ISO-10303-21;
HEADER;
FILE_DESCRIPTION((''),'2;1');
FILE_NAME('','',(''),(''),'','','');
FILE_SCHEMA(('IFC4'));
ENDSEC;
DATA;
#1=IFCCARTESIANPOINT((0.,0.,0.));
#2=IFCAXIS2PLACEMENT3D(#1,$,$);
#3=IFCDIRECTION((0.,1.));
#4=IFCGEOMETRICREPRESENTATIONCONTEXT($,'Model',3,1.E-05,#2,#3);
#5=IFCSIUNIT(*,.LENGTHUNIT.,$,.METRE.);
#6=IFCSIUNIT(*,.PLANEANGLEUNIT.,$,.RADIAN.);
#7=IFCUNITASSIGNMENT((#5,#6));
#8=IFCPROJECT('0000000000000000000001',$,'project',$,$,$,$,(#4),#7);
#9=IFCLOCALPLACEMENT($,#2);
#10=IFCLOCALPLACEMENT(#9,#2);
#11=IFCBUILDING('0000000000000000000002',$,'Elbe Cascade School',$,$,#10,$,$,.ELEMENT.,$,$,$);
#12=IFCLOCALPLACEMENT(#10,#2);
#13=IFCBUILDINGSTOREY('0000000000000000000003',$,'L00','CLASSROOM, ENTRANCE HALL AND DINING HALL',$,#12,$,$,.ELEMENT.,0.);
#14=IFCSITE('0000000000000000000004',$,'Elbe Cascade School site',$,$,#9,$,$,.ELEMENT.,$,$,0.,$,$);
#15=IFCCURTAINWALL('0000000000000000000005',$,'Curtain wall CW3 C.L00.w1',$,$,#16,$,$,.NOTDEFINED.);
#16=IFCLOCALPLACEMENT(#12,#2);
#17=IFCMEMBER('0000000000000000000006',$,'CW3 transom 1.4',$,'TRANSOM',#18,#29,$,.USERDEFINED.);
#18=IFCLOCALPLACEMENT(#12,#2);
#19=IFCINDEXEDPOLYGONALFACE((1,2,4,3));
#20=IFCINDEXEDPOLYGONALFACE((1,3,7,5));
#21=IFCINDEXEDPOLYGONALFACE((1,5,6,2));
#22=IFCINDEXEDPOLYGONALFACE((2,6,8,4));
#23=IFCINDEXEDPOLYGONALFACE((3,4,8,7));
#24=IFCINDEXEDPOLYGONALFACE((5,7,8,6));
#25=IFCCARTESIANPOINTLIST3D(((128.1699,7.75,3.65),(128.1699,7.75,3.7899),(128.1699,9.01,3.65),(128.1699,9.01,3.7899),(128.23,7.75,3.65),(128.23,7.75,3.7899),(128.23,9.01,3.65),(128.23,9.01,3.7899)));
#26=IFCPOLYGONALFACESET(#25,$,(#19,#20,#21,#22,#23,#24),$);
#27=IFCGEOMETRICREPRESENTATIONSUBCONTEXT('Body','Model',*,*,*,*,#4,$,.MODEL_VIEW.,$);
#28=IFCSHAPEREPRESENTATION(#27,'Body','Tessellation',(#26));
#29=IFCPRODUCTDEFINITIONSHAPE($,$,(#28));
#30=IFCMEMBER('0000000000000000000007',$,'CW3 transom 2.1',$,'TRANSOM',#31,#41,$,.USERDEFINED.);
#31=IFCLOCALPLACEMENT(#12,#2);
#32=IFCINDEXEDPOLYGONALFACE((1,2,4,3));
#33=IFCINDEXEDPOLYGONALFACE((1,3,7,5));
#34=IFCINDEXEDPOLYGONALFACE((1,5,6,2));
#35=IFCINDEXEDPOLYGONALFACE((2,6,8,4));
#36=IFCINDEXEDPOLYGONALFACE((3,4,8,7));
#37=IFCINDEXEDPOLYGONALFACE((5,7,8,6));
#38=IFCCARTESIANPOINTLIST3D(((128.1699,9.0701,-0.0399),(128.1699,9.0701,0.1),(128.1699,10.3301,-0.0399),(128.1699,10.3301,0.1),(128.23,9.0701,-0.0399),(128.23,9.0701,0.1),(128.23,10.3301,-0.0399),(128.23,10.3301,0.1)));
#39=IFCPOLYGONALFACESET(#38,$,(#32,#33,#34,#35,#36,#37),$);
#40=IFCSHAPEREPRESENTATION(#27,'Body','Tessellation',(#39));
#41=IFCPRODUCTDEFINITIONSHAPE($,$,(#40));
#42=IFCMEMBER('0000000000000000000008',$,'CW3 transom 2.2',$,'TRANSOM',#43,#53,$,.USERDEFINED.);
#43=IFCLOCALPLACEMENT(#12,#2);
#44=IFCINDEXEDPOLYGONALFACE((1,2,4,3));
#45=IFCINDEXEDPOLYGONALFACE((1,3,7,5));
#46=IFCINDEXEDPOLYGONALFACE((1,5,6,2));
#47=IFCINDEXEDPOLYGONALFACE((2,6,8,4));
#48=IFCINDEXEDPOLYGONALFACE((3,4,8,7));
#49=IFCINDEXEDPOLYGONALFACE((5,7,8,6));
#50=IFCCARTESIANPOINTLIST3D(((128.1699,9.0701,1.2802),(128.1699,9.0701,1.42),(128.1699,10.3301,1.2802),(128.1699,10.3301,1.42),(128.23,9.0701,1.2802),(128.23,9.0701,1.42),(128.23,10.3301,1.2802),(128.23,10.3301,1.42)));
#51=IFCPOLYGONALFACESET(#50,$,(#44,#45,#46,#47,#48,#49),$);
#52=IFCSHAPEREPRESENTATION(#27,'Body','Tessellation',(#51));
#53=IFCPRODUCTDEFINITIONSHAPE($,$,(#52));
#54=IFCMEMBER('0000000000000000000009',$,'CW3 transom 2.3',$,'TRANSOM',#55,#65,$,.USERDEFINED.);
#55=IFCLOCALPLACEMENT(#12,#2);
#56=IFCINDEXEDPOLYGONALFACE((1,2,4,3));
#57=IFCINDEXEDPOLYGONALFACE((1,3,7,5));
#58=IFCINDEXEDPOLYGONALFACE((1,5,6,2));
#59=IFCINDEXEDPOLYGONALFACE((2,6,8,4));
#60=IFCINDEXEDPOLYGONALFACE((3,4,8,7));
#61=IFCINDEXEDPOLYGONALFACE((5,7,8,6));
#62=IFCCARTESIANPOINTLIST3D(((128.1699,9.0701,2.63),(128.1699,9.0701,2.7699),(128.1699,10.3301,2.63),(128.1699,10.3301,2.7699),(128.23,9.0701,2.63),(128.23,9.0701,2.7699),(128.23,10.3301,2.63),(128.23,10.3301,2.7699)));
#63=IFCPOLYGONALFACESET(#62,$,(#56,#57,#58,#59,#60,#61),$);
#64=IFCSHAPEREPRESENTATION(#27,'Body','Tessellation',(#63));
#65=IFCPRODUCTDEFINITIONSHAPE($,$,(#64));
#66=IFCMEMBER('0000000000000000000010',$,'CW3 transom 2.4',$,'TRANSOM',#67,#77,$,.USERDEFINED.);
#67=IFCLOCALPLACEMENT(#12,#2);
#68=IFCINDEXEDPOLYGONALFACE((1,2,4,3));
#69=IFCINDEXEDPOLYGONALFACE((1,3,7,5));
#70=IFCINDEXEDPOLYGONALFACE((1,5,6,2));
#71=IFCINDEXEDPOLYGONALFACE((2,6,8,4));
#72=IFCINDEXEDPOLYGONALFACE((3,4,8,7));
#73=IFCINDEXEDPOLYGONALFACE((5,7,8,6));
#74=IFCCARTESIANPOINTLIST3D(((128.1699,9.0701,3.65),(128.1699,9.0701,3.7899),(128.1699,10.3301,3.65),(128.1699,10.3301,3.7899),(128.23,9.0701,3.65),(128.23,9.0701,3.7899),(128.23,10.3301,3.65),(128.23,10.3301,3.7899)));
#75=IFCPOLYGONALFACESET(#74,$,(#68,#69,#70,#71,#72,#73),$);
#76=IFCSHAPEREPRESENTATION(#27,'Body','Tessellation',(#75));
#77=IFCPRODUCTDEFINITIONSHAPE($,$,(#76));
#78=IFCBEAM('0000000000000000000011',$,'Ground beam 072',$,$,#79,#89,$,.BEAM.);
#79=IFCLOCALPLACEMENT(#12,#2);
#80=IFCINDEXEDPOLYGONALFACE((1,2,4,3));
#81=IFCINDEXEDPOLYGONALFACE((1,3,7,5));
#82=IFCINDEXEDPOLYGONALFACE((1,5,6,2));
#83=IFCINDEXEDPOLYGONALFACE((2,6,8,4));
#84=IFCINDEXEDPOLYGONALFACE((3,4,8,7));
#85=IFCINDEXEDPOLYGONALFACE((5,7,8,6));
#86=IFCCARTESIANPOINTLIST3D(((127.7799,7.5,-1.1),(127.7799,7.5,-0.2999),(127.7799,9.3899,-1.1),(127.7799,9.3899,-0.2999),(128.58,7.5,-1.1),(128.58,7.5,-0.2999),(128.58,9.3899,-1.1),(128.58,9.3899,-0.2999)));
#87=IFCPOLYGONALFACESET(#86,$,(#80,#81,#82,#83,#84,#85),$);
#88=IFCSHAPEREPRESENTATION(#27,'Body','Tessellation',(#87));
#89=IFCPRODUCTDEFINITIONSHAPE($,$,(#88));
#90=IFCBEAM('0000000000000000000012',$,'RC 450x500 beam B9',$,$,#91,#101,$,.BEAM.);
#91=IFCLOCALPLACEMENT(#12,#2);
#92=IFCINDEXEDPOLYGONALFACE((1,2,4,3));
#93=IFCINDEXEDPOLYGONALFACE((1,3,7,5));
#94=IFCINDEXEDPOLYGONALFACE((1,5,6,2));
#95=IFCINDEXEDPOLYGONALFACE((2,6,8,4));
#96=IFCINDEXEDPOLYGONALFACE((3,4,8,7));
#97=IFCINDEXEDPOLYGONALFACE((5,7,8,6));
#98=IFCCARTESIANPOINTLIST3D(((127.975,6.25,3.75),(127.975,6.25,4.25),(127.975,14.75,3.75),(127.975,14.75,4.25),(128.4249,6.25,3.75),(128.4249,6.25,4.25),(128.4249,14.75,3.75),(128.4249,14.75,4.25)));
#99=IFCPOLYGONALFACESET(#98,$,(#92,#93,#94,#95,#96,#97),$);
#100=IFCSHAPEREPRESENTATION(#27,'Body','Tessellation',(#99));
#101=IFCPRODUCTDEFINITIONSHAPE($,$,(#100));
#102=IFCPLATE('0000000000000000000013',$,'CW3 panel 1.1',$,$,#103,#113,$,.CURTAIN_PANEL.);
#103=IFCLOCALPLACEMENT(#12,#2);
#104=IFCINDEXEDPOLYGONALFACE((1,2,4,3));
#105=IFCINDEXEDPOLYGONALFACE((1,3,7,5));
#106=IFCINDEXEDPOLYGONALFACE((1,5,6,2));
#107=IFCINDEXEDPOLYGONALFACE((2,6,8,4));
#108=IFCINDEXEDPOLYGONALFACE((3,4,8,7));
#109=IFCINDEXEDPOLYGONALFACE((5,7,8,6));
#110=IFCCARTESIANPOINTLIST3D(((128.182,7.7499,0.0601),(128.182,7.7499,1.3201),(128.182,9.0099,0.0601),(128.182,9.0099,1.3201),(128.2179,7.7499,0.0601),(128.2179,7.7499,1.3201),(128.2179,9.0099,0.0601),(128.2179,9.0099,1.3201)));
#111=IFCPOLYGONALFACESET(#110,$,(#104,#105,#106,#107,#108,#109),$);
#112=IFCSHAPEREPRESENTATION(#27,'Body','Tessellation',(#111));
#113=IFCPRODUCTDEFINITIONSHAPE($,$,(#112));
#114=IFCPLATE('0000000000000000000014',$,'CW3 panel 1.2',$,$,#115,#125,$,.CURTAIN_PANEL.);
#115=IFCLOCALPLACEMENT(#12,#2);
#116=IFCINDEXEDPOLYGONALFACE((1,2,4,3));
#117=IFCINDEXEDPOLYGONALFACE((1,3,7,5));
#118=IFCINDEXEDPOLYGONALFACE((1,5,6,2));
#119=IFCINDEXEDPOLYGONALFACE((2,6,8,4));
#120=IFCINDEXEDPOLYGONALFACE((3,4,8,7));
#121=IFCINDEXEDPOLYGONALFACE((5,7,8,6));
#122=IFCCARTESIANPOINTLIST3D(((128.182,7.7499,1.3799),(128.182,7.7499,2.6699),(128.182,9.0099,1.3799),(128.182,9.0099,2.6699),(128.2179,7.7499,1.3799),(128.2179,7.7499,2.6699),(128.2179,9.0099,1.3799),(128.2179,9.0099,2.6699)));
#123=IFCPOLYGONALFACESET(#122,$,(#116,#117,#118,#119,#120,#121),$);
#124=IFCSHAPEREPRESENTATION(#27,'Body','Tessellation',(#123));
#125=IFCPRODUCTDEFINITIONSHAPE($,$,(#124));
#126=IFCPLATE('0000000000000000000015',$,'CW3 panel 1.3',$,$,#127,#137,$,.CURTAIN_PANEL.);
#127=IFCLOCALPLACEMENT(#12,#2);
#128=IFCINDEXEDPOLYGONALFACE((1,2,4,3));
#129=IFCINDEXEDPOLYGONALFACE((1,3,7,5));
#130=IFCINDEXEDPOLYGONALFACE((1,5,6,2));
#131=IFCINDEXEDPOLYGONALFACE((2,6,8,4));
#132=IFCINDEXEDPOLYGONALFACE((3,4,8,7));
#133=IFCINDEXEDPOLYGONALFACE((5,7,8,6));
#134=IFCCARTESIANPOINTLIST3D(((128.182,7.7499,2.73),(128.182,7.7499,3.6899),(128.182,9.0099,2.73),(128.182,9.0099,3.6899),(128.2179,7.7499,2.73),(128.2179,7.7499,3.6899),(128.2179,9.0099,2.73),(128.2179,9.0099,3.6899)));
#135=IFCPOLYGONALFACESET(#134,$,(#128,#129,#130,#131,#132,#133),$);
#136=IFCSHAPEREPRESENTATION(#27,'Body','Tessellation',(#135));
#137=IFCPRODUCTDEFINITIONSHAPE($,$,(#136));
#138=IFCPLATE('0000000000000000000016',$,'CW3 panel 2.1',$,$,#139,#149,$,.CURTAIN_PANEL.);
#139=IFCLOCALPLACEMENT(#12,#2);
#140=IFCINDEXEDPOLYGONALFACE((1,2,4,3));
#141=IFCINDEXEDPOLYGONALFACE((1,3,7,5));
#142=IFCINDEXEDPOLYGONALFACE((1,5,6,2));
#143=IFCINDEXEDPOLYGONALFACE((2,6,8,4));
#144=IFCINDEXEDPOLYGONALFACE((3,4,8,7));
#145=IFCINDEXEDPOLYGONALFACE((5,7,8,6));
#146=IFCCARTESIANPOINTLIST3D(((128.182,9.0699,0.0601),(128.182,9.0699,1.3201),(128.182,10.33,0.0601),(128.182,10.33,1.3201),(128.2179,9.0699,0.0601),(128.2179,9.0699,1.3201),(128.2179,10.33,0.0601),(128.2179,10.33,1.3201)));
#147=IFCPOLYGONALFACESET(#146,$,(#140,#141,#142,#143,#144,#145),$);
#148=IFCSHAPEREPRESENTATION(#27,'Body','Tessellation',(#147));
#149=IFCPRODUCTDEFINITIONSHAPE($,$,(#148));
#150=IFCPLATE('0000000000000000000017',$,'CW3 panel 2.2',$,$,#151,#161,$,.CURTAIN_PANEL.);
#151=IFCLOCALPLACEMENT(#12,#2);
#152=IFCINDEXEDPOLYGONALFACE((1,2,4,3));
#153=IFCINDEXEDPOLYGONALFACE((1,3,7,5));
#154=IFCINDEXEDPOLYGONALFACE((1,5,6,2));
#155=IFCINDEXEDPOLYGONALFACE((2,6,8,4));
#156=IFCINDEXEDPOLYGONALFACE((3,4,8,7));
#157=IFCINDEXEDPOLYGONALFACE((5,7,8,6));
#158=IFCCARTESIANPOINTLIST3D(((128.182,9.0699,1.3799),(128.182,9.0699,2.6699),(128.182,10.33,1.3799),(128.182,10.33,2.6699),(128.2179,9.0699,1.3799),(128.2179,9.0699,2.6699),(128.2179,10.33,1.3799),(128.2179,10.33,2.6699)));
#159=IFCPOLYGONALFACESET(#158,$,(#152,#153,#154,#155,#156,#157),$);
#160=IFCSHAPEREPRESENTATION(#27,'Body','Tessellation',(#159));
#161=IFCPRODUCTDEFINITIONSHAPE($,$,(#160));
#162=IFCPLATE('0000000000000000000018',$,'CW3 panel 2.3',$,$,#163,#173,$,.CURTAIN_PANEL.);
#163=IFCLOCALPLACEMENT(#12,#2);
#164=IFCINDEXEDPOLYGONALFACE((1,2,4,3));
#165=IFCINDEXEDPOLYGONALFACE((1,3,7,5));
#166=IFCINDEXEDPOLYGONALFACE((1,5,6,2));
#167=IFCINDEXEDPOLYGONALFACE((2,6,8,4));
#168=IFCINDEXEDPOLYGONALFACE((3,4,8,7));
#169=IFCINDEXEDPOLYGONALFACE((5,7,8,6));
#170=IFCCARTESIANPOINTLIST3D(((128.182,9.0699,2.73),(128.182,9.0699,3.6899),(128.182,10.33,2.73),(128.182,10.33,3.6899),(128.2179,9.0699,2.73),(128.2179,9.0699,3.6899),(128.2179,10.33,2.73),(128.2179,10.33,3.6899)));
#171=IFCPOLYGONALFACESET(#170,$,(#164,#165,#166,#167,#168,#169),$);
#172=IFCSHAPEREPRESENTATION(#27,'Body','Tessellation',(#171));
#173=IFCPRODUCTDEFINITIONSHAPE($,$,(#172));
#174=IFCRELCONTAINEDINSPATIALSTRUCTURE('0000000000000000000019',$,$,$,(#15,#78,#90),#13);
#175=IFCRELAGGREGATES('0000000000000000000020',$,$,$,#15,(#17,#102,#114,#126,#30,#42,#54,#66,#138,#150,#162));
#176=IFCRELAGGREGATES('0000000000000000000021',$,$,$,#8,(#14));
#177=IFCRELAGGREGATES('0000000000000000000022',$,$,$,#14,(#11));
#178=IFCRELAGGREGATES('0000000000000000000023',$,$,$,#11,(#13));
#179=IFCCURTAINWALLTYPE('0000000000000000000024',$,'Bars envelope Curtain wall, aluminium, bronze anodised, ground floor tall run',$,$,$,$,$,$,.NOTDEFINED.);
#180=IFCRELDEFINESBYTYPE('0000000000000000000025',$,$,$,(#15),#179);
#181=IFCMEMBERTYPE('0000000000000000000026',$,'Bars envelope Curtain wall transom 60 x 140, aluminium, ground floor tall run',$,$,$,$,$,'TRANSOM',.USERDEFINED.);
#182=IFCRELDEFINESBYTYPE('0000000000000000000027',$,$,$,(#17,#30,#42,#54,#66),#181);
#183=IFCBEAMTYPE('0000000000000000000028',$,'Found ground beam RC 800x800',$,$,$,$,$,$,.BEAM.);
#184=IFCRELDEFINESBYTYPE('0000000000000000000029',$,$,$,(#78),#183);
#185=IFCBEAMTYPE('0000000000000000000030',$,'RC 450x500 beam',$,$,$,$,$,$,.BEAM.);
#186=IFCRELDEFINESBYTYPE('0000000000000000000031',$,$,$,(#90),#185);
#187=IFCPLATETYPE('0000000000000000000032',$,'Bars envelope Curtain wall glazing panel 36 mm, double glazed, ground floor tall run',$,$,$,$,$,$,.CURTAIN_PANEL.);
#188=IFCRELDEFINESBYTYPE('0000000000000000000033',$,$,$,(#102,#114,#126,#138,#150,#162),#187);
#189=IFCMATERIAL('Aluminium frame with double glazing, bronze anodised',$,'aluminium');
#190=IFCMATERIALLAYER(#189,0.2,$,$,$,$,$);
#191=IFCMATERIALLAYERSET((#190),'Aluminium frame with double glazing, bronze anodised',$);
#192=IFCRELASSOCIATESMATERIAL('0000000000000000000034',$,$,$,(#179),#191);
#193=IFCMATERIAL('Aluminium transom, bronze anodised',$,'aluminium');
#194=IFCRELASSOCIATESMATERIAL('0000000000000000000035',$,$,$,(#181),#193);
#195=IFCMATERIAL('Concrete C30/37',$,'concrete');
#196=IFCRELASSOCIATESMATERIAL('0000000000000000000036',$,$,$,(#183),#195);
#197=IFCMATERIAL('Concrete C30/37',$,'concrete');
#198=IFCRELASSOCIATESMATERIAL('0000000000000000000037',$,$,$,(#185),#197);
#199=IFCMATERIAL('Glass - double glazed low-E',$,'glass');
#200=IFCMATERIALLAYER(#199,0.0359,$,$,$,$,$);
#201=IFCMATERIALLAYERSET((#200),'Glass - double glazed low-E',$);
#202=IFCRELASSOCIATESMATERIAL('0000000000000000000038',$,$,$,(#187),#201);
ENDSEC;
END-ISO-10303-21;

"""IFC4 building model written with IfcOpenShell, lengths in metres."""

from ifc_helpers import new_model, si_unit, direction, frame, origin, origin_2d, place, context, subcontext, project, spatial, rectangle, extrude, material, layer, layer_set, material_profile, profile_set, type_object, element, aggregate, save


model = new_model("IFC4")

# Units and contexts
model_context = context("Model", 3, precision=1e-05, world=origin(), true_north=direction((0.0, 1.0)))
body_context = subcontext(model_context, "Body", "Model", "MODEL_VIEW")
ifc_project = project(units=[si_unit("LENGTHUNIT", "METRE"), si_unit("PLANEANGLEUNIT", "RADIAN")], contexts=[model_context])

# Site, building, storey
site_placement = place(None, origin())
site = spatial("IfcSite", under=ifc_project, at=site_placement, Name="Elbe Cascade School site", CompositionType="ELEMENT", RefElevation=0.0)
building_placement = place(site_placement, origin())
building = spatial("IfcBuilding", under=site, at=building_placement, Name="Elbe Cascade School", CompositionType="ELEMENT")
storey_placement = place(building_placement, origin())
storey = spatial("IfcBuildingStorey", under=building, at=storey_placement, Name="L00", Description="CLASSROOM, ENTRANCE HALL AND DINING HALL", CompositionType="ELEMENT", Elevation=0.0)

# Curtain wall, members
ifc_material_1 = material(Name="Aluminium frame with double glazing, bronze anodised", Category="aluminium")
ifc_layer_1 = layer(ifc_material_1, 0.2)
ifc_layer_set_1 = layer_set([ifc_layer_1], Name="Aluminium frame with double glazing, bronze anodised")
curtain_wall_type = type_object("IfcCurtainWallType", Name="Bars envelope Curtain wall, aluminium, bronze anodised, ground floor tall run", PredefinedType="NOTDEFINED", material=ifc_layer_set_1)
curtain_wall_placement = place(storey_placement, origin())
curtain_wall = element("IfcCurtainWall", 1, at=curtain_wall_placement, inside=storey, type_object=curtain_wall_type, Name="Curtain wall CW3 C.L00.w1", PredefinedType="NOTDEFINED")
ifc_material_2 = material(Name="Aluminium transom, bronze anodised", Category="aluminium")
ifc_material_profile_1 = material_profile(ifc_material_2, rectangle(XDim=0.0601, YDim=0.1399, at=origin_2d()), Name="Bars envelope Curtain wall transom 60 x 140, aluminium, ground floor tall run")
ifc_profile_set_1 = profile_set([ifc_material_profile_1], Name="Aluminium transom, bronze anodised")
member_type_1 = type_object("IfcMemberType", Name="Bars envelope Curtain wall transom 60 x 140, aluminium, ground floor tall run", ElementType="TRANSOM", PredefinedType="USERDEFINED", material=ifc_profile_set_1)
member_1_placement = place(storey_placement, frame((128.2, 7.75, 3.72), z_axis=(0.0, 1.0, 0.0), x_axis=(-1.0, 0.0, 0.0)))
member_1 = element("IfcMember", 2, at=member_1_placement, type_object=member_type_1, Name="CW3 transom 1.4", ObjectType="TRANSOM", PredefinedType="USERDEFINED", context=body_context, shape_type="SweptSolid", body=[
    extrude(rectangle(XDim=0.0601, YDim=0.1399, at=origin_2d()), origin(), (0.0, 0.0, 1.0), 1.26),
])
member_2_placement = place(storey_placement, frame((128.2, 9.0701, 0.03), z_axis=(0.0, 1.0, 0.0), x_axis=(-1.0, 0.0, 0.0)))
member_2 = element("IfcMember", 3, at=member_2_placement, type_object=member_type_1, Name="CW3 transom 2.1", ObjectType="TRANSOM", PredefinedType="USERDEFINED", context=body_context, shape_type="SweptSolid", body=[
    extrude(rectangle(XDim=0.0601, YDim=0.1399, at=origin_2d()), origin(), (0.0, 0.0, 1.0), 1.26),
])
member_3_placement = place(storey_placement, frame((128.2, 9.0701, 1.3501), z_axis=(0.0, 1.0, 0.0), x_axis=(-1.0, 0.0, 0.0)))
member_3 = element("IfcMember", 4, at=member_3_placement, type_object=member_type_1, Name="CW3 transom 2.2", ObjectType="TRANSOM", PredefinedType="USERDEFINED", context=body_context, shape_type="SweptSolid", body=[
    extrude(rectangle(XDim=0.0601, YDim=0.1399, at=origin_2d()), origin(), (0.0, 0.0, 1.0), 1.26),
])
member_4_placement = place(storey_placement, frame((128.2, 9.0701, 2.7), z_axis=(0.0, 1.0, 0.0), x_axis=(-1.0, 0.0, 0.0)))
member_4 = element("IfcMember", 5, at=member_4_placement, type_object=member_type_1, Name="CW3 transom 2.3", ObjectType="TRANSOM", PredefinedType="USERDEFINED", context=body_context, shape_type="SweptSolid", body=[
    extrude(rectangle(XDim=0.0601, YDim=0.1399, at=origin_2d()), origin(), (0.0, 0.0, 1.0), 1.26),
])
member_5_placement = place(storey_placement, frame((128.2, 9.0701, 3.72), z_axis=(0.0, 1.0, 0.0), x_axis=(-1.0, 0.0, 0.0)))
member_5 = element("IfcMember", 6, at=member_5_placement, type_object=member_type_1, Name="CW3 transom 2.4", ObjectType="TRANSOM", PredefinedType="USERDEFINED", context=body_context, shape_type="SweptSolid", body=[
    extrude(rectangle(XDim=0.0601, YDim=0.1399, at=origin_2d()), origin(), (0.0, 0.0, 1.0), 1.26),
])

# Beams
ifc_material_3 = material(Name="Concrete C30/37", Category="concrete")
ifc_material_profile_2 = material_profile(ifc_material_3, rectangle(XDim=0.8, YDim=0.8, at=origin_2d()), Name="RC 800x800")
ifc_profile_set_2 = profile_set([ifc_material_profile_2], Name="Concrete C30/37")
beam_type_1 = type_object("IfcBeamType", Name="Found ground beam RC 800x800", PredefinedType="BEAM", material=ifc_profile_set_2)
beam_1_placement = place(storey_placement, frame((128.1799, 7.5, -0.7), z_axis=(0.0, 1.0, 0.0), x_axis=(-1.0, 0.0, 0.0)))
element("IfcBeam", 7, at=beam_1_placement, inside=storey, type_object=beam_type_1, Name="Ground beam 072", PredefinedType="BEAM", context=body_context, shape_type="SweptSolid", body=[
    extrude(rectangle(XDim=0.8, YDim=0.8, at=origin_2d()), origin(), (0.0, 0.0, 1.0), 1.8899),
])
ifc_material_4 = material(Name="Concrete C30/37", Category="concrete")
ifc_material_profile_3 = material_profile(ifc_material_4, rectangle(XDim=0.45, YDim=0.5, at=origin_2d()), Name="RC 450x500")
ifc_profile_set_3 = profile_set([ifc_material_profile_3], Name="Concrete C30/37")
beam_type_2 = type_object("IfcBeamType", Name="RC 450x500 beam", PredefinedType="BEAM", material=ifc_profile_set_3)
beam_2_placement = place(storey_placement, frame((128.2, 6.25, 4.0), z_axis=(0.0, 1.0, 0.0), x_axis=(-1.0, 0.0, 0.0)))
element("IfcBeam", 8, at=beam_2_placement, inside=storey, type_object=beam_type_2, Name="RC 450x500 beam B9", PredefinedType="BEAM", context=body_context, shape_type="SweptSolid", body=[
    extrude(rectangle(XDim=0.45, YDim=0.5, at=origin_2d()), origin(), (0.0, 0.0, 1.0), 8.5),
])

# Plates
ifc_material_5 = material(Name="Glass - double glazed low-E", Category="glass")
ifc_layer_2 = layer(ifc_material_5, 0.0359)
ifc_layer_set_2 = layer_set([ifc_layer_2], Name="Glass - double glazed low-E")
plate_type = type_object("IfcPlateType", Name="Bars envelope Curtain wall glazing panel 36 mm, double glazed, ground floor tall run", PredefinedType="CURTAIN_PANEL", material=ifc_layer_set_2)
plate_1_placement = place(storey_placement, frame((128.2, 8.3799, 0.0601), z_axis=(0.0, 0.0, 1.0), x_axis=(0.0, 1.0, 0.0)))
plate_1 = element("IfcPlate", 9, at=plate_1_placement, type_object=plate_type, Name="CW3 panel 1.1", PredefinedType="CURTAIN_PANEL", context=body_context, shape_type="SweptSolid", body=[
    extrude(rectangle(XDim=1.26, YDim=0.0359, at=origin_2d()), origin(), (0.0, 0.0, 1.0), 1.26),
])
plate_2_placement = place(storey_placement, frame((128.2, 8.3799, 1.3799), z_axis=(0.0, 0.0, 1.0), x_axis=(0.0, 1.0, 0.0)))
plate_2 = element("IfcPlate", 10, at=plate_2_placement, type_object=plate_type, Name="CW3 panel 1.2", PredefinedType="CURTAIN_PANEL", context=body_context, shape_type="SweptSolid", body=[
    extrude(rectangle(XDim=1.26, YDim=0.0359, at=origin_2d()), origin(), (0.0, 0.0, 1.0), 1.29),
])
plate_3_placement = place(storey_placement, frame((128.2, 8.3799, 2.73), z_axis=(0.0, 0.0, 1.0), x_axis=(0.0, 1.0, 0.0)))
plate_3 = element("IfcPlate", 11, at=plate_3_placement, type_object=plate_type, Name="CW3 panel 1.3", PredefinedType="CURTAIN_PANEL", context=body_context, shape_type="SweptSolid", body=[
    extrude(rectangle(XDim=1.26, YDim=0.0359, at=origin_2d()), origin(), (0.0, 0.0, 1.0), 0.96),
])
plate_4_placement = place(storey_placement, frame((128.2, 9.7, 0.0601), z_axis=(0.0, 0.0, 1.0), x_axis=(0.0, 1.0, 0.0)))
plate_4 = element("IfcPlate", 12, at=plate_4_placement, type_object=plate_type, Name="CW3 panel 2.1", PredefinedType="CURTAIN_PANEL", context=body_context, shape_type="SweptSolid", body=[
    extrude(rectangle(XDim=1.26, YDim=0.0359, at=origin_2d()), origin(), (0.0, 0.0, 1.0), 1.26),
])
plate_5_placement = place(storey_placement, frame((128.2, 9.7, 1.3799), z_axis=(0.0, 0.0, 1.0), x_axis=(0.0, 1.0, 0.0)))
plate_5 = element("IfcPlate", 13, at=plate_5_placement, type_object=plate_type, Name="CW3 panel 2.2", PredefinedType="CURTAIN_PANEL", context=body_context, shape_type="SweptSolid", body=[
    extrude(rectangle(XDim=1.26, YDim=0.0359, at=origin_2d()), origin(), (0.0, 0.0, 1.0), 1.29),
])
plate_6_placement = place(storey_placement, frame((128.2, 9.7, 2.73), z_axis=(0.0, 0.0, 1.0), x_axis=(0.0, 1.0, 0.0)))
plate_6 = element("IfcPlate", 14, at=plate_6_placement, type_object=plate_type, Name="CW3 panel 2.3", PredefinedType="CURTAIN_PANEL", context=body_context, shape_type="SweptSolid", body=[
    extrude(rectangle(XDim=1.26, YDim=0.0359, at=origin_2d()), origin(), (0.0, 0.0, 1.0), 0.96),
])
aggregate(curtain_wall, [member_1, plate_1, plate_2, plate_3, member_2, member_3, member_4, member_5, plate_4, plate_5, plate_6])

save(model, "model.ifc")
